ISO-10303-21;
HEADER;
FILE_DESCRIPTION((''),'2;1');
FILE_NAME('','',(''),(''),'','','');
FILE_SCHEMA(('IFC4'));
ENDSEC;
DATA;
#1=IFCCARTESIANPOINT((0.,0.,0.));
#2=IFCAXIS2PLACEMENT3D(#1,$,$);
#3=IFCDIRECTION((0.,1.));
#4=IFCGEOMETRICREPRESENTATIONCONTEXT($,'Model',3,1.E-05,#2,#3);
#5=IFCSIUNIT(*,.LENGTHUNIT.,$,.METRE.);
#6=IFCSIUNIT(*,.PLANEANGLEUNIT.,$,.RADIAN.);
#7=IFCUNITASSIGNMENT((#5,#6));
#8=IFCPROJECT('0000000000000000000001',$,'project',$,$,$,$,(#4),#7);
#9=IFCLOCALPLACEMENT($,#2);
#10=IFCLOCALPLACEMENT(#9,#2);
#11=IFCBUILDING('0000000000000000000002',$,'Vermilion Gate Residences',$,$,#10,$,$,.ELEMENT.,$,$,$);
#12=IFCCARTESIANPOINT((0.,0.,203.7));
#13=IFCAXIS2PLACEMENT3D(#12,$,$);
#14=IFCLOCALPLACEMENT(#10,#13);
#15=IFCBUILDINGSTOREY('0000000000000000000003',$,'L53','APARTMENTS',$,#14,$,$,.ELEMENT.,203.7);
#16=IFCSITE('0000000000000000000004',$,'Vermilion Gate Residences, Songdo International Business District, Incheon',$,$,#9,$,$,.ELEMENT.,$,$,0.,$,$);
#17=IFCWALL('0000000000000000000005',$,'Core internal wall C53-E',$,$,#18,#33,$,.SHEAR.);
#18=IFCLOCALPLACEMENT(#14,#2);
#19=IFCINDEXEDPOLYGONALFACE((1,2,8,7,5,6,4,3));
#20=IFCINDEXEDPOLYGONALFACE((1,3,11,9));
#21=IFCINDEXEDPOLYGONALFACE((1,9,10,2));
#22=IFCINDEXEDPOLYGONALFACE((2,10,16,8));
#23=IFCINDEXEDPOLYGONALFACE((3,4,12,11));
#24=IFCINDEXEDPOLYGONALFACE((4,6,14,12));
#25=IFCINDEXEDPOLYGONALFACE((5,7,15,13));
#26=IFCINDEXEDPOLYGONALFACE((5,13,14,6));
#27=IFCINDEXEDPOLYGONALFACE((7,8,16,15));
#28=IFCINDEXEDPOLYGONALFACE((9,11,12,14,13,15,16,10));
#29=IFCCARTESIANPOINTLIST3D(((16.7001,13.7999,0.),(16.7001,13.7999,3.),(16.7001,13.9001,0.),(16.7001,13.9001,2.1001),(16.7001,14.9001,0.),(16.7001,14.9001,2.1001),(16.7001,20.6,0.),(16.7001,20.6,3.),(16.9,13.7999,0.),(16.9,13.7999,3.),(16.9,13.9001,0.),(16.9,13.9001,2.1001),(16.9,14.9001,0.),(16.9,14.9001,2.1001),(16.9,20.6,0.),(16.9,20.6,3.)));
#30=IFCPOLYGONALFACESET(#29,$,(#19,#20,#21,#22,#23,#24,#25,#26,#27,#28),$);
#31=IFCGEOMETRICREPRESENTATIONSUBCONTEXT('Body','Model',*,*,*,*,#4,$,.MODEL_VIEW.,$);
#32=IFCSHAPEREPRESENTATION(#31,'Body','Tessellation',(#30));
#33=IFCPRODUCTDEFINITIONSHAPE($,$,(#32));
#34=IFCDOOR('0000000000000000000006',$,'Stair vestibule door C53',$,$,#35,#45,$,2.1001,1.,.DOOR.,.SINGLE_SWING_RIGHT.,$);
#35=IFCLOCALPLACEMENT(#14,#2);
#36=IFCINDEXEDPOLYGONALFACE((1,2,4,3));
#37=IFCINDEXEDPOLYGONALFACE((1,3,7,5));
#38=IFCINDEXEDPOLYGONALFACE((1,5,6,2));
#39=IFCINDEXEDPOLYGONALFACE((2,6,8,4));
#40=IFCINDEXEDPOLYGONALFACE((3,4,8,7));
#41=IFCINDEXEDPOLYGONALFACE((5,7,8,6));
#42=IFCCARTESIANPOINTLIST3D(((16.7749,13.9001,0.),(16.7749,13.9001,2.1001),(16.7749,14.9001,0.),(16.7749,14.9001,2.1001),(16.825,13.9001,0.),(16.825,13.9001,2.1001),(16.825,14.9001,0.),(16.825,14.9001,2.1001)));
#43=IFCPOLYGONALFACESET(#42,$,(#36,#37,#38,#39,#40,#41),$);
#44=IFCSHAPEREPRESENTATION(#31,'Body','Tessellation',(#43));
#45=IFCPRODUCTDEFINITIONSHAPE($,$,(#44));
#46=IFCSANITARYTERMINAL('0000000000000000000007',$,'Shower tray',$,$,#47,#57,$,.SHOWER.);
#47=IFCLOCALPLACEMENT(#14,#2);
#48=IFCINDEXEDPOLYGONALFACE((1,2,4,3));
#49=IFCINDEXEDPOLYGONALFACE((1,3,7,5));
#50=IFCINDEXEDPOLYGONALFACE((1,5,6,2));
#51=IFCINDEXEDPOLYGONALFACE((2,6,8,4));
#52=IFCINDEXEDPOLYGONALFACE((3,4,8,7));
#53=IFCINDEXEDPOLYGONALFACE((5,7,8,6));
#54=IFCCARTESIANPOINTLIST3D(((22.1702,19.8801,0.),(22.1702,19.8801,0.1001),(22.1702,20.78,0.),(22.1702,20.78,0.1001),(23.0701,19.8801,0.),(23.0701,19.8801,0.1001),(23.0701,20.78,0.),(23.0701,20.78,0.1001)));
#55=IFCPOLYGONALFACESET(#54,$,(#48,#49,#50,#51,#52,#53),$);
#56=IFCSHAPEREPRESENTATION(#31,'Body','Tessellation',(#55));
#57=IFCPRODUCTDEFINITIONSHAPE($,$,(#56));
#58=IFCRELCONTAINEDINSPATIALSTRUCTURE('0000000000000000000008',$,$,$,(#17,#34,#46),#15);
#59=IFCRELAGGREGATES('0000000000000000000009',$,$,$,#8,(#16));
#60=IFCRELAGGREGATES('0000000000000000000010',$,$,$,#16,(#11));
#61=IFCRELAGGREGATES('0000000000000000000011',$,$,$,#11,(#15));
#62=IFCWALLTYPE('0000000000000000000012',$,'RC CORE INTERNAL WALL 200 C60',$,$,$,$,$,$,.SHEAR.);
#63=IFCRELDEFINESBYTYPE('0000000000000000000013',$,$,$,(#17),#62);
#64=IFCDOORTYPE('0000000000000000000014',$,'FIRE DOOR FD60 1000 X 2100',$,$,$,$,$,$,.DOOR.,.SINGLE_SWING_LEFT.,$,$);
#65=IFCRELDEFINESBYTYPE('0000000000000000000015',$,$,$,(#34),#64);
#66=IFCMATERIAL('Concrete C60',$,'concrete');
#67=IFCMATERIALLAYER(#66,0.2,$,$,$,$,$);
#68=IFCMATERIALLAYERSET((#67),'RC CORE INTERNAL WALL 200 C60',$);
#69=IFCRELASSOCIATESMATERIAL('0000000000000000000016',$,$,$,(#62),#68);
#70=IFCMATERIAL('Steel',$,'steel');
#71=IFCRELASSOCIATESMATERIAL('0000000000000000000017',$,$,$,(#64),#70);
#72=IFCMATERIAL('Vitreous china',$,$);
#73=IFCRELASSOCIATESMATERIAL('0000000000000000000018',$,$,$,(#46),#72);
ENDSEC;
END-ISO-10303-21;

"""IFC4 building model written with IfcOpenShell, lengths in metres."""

from ifc_helpers import new_model, si_unit, direction, frame, frame_2d, origin, origin_2d, place, context, subcontext, project, spatial, rectangle, extrude, material, layer, layer_set, type_object, element, fill, save


model = new_model("IFC4")

# Units and contexts
model_context = context("Model", 3, precision=1e-05, world=origin(), true_north=direction((0.0, 1.0)))
body_context = subcontext(model_context, "Body", "Model", "MODEL_VIEW")
ifc_project = project(units=[si_unit("LENGTHUNIT", "METRE"), si_unit("PLANEANGLEUNIT", "RADIAN")], contexts=[model_context])

# Site, building, storey
site_placement = place(None, origin())
site = spatial("IfcSite", under=ifc_project, at=site_placement, Name="Vermilion Gate Residences, Songdo International Business District, Incheon", CompositionType="ELEMENT", RefElevation=0.0)
building_placement = place(site_placement, origin())
building = spatial("IfcBuilding", under=site, at=building_placement, Name="Vermilion Gate Residences", CompositionType="ELEMENT")
storey_placement = place(building_placement, frame((0.0, 0.0, 203.7)))
storey = spatial("IfcBuildingStorey", under=building, at=storey_placement, Name="L53", Description="APARTMENTS", CompositionType="ELEMENT", Elevation=203.7)

# Wall, opening, door
ifc_material_1 = material(Name="Concrete C60", Category="concrete")
ifc_layer_1 = layer(ifc_material_1, 0.2)
ifc_layer_set_1 = layer_set([ifc_layer_1], Name="RC CORE INTERNAL WALL 200 C60")
wall_type_1 = type_object("IfcWallType", Name="RC CORE INTERNAL WALL 200 C60", PredefinedType="SHEAR", material=ifc_layer_set_1)
wall_1_placement = place(storey_placement, frame((16.8, 13.8, 0.0), z_axis=(0.0, 0.0, 1.0), x_axis=(0.0, 1.0, 0.0)))
wall_1 = element("IfcWall", 1, at=wall_1_placement, inside=storey, type_object=wall_type_1, Name="Core internal wall C53-E", PredefinedType="SHEAR", context=body_context, shape_type="SweptSolid", body=[
    extrude(rectangle(XDim=6.8, YDim=0.2, at=frame_2d((3.3999, 0.0))), origin(), (0.0, 0.0, 1.0), 3.0),
])
opening_1_placement = place(wall_1_placement, frame((0.1001, 0.0, 0.0)))
opening_1 = element("IfcOpeningElement", 2, at=opening_1_placement, cuts=wall_1, PredefinedType="OPENING", context=body_context, shape_type="SweptSolid", body=[
    extrude(rectangle(XDim=1.0, YDim=2.1001, at=frame_2d((0.5, 1.05))), frame((0.0, 0.1099, 0.0), z_axis=(0.0, -1.0, 0.0), x_axis=(1.0, 0.0, 0.0)), (0.0, 0.0, 1.0), 0.22),
])
ifc_material_2 = material(Name="Steel", Category="steel")
door_type_1 = type_object("IfcDoorType", Name="FIRE DOOR FD60 1000 X 2100", OperationType="SINGLE_SWING_LEFT", PredefinedType="DOOR", material=ifc_material_2)
door_1_placement = place(opening_1_placement, frame((1.0, 0.0, 0.0), z_axis=(0.0, 0.0, 1.0), x_axis=(-1.0, 0.0, 0.0)))
door_1 = element("IfcDoor", 3, at=door_1_placement, inside=storey, type_object=door_type_1, Name="Stair vestibule door C53", OperationType="SINGLE_SWING_RIGHT", OverallHeight=2.1001, OverallWidth=1.0, PredefinedType="DOOR", context=body_context, shape_type="SweptSolid", body=[
    extrude(rectangle(XDim=1.0, YDim=2.1001, at=frame_2d((0.5, 1.05))), frame((0.0, 0.0249, 0.0), z_axis=(0.0, -1.0, 0.0), x_axis=(1.0, 0.0, 0.0)), (0.0, 0.0, 1.0), 0.05),
])
fill(opening_1, door_1)

# Sanitary terminal
ifc_material_3 = material(Name="Vitreous china")
sanitary_terminal_placement = place(storey_placement, frame((22.6201, 20.3301, 0.0), z_axis=(0.0, 0.0, 1.0), x_axis=(1.0, 0.0, 0.0)))
element("IfcSanitaryTerminal", 4, at=sanitary_terminal_placement, inside=storey, material=ifc_material_3, Name="Shower tray", PredefinedType="SHOWER", context=body_context, shape_type="SweptSolid", body=[
    extrude(rectangle(XDim=0.8999, YDim=0.8999, at=origin_2d()), origin(), (0.0, 0.0, 1.0), 0.1001),
])

save(model, "model.ifc")
